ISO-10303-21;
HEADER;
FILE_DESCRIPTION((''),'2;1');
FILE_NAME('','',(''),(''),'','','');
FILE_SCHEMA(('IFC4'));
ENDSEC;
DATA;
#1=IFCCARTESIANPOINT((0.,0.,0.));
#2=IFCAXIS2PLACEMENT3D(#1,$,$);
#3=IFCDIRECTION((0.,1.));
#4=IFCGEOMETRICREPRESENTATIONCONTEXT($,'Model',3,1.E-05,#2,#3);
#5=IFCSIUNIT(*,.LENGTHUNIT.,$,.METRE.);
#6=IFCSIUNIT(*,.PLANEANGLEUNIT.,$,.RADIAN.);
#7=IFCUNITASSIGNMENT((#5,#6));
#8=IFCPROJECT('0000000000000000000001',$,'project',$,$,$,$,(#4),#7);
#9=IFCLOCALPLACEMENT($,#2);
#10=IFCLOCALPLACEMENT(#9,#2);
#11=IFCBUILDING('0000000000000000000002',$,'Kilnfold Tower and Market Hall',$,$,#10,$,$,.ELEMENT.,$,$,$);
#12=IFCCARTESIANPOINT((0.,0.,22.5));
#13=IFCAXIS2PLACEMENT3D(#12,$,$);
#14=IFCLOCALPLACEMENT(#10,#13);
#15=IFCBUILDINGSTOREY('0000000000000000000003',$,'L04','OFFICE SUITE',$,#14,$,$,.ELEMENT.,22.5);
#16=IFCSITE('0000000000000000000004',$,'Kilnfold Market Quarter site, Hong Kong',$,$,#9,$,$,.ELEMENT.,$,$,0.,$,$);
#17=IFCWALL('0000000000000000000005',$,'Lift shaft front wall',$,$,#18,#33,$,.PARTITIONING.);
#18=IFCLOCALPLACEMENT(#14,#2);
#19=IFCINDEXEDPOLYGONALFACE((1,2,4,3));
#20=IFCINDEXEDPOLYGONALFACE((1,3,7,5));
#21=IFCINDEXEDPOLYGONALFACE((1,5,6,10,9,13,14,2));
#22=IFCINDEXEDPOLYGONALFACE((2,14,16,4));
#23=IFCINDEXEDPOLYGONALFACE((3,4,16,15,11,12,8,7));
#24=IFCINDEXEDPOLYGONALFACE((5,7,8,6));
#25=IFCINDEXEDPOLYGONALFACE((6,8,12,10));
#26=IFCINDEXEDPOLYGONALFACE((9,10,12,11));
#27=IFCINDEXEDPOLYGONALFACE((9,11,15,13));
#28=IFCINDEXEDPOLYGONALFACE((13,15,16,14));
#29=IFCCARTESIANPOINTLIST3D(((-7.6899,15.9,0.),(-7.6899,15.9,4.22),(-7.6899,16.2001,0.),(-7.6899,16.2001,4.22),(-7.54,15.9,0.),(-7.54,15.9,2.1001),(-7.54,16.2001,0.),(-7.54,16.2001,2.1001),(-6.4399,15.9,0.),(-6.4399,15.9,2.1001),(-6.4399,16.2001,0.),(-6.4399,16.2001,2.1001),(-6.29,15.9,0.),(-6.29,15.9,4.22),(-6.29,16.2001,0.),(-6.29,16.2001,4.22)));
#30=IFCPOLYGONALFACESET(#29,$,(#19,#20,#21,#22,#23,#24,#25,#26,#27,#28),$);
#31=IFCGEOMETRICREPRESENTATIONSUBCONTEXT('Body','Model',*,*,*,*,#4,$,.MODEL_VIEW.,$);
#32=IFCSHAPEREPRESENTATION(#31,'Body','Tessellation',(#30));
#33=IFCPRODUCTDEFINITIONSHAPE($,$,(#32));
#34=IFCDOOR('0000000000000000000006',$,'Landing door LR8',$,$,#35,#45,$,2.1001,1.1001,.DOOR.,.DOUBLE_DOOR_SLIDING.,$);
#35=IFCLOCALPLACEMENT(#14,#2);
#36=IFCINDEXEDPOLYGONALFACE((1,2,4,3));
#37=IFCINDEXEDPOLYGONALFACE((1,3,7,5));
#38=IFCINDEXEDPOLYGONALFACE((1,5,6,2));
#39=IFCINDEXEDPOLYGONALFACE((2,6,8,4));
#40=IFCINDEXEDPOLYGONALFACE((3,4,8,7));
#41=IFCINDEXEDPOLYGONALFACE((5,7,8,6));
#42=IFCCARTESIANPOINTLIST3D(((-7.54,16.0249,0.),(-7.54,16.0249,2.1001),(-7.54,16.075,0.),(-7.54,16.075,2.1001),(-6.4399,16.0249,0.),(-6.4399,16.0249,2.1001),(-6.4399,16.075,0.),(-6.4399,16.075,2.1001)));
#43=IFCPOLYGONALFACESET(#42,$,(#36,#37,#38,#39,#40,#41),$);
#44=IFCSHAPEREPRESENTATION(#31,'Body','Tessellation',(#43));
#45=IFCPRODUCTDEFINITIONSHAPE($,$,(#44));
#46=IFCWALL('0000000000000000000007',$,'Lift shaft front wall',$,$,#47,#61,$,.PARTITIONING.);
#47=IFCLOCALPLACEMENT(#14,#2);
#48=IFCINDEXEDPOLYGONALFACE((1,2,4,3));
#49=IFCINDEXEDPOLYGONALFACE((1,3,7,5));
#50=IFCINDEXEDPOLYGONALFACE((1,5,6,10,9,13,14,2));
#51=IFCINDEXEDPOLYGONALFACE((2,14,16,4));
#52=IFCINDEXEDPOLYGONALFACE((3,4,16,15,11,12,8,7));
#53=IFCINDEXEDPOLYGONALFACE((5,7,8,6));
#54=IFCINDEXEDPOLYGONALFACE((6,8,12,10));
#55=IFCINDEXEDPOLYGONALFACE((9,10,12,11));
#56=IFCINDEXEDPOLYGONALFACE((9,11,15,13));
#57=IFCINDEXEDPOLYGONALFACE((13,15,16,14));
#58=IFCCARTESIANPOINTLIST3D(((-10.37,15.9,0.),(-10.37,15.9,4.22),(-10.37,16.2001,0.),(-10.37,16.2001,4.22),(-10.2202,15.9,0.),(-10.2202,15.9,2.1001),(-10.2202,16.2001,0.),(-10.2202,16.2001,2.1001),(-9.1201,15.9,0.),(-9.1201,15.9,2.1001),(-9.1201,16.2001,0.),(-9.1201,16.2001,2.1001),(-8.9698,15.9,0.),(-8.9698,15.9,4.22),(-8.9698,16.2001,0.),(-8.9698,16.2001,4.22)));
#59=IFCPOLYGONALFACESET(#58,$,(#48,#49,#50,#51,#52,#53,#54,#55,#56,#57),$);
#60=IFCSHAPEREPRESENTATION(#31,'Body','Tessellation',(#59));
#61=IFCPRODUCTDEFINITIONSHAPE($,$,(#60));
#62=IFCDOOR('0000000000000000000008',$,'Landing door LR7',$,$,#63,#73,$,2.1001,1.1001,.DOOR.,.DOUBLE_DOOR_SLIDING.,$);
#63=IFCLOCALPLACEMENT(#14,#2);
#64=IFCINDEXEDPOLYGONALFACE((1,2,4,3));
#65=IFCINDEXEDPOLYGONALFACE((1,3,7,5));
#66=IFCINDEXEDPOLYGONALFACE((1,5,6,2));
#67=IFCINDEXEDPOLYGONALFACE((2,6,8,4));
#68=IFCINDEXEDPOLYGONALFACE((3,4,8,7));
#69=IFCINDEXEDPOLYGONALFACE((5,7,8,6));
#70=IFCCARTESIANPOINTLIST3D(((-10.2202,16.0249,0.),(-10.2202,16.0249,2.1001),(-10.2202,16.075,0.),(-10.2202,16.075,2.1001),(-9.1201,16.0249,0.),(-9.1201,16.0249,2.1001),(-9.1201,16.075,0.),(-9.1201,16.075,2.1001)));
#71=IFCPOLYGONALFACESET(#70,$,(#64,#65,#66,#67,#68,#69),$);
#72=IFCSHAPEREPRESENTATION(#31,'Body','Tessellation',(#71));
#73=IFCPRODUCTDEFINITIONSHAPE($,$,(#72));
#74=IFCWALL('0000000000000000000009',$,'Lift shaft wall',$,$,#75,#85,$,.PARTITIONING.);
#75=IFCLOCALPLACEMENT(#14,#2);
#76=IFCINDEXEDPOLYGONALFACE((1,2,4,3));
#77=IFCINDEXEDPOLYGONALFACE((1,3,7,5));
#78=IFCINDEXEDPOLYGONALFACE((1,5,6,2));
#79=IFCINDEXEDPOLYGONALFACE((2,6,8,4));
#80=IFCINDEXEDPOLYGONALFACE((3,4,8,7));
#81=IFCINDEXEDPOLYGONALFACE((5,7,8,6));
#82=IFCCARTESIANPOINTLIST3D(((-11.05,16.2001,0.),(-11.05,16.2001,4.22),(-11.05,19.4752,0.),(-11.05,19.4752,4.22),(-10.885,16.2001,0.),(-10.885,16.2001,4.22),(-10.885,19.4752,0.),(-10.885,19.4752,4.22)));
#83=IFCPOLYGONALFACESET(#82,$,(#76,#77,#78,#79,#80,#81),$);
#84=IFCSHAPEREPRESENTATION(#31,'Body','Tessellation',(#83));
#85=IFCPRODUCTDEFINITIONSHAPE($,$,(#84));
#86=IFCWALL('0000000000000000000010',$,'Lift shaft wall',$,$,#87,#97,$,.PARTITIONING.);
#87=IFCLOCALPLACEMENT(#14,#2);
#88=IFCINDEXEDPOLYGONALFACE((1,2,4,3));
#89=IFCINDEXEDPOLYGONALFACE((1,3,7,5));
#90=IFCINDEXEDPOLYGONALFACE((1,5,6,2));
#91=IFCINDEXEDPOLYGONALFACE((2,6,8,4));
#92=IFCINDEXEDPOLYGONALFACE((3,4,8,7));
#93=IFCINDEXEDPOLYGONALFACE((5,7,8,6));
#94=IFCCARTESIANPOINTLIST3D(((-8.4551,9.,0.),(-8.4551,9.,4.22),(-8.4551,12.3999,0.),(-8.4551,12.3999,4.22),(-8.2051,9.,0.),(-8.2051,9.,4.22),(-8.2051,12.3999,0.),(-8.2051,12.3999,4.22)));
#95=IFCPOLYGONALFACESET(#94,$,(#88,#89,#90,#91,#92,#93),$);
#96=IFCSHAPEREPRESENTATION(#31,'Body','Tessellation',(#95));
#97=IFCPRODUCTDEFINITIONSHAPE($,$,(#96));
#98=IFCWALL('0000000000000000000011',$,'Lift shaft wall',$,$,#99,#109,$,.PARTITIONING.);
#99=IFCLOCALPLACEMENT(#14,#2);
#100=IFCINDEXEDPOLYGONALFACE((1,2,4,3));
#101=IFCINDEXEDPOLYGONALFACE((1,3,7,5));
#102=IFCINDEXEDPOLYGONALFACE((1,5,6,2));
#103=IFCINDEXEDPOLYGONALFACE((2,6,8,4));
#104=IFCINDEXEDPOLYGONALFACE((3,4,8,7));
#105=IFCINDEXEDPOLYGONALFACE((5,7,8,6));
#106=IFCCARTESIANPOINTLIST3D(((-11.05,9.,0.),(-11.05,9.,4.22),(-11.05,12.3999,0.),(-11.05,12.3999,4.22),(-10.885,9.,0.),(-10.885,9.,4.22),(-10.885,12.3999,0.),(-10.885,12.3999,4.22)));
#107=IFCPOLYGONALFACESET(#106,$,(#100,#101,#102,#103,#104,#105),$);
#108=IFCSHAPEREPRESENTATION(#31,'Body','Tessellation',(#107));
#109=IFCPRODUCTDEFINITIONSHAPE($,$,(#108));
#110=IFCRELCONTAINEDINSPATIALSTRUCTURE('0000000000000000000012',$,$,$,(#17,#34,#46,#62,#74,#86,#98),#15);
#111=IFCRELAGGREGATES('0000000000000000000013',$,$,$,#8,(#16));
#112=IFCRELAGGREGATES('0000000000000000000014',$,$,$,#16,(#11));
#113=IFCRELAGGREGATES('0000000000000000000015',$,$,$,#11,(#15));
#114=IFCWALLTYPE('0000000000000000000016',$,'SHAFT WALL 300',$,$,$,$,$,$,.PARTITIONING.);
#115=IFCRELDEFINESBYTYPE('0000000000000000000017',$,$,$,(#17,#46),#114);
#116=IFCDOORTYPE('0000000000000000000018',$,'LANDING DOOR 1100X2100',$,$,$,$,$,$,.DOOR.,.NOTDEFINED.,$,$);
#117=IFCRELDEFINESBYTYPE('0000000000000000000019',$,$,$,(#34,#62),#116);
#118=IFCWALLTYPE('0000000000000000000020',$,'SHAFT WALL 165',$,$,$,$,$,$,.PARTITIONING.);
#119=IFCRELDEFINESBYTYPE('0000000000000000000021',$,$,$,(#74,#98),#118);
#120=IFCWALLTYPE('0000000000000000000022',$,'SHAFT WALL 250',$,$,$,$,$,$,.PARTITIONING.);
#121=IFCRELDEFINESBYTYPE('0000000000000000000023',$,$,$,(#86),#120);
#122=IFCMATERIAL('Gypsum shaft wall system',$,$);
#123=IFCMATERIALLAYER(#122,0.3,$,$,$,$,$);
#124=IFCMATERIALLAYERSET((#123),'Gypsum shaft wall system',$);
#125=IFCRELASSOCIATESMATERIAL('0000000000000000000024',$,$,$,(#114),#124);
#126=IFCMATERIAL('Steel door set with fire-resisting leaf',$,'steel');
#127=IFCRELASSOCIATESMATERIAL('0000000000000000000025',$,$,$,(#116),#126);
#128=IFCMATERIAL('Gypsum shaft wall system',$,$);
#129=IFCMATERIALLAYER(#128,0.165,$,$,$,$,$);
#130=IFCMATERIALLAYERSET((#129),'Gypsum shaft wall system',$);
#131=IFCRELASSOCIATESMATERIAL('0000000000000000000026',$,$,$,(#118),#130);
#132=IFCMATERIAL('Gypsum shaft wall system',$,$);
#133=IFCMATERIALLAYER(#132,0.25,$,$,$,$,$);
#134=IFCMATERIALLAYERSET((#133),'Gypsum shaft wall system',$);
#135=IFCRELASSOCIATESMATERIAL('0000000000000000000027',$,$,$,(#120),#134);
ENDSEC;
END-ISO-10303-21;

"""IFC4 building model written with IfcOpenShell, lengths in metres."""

from ifc_helpers import new_model, si_unit, direction, frame, frame_2d, origin, place, context, subcontext, project, spatial, rectangle, extrude, source, transform, mapped, material, layer, layer_set, type_object, element, fill, save


model = new_model("IFC4")

# Units and contexts
model_context = context("Model", 3, precision=1e-05, world=origin(), true_north=direction((0.0, 1.0)))
body_context = subcontext(model_context, "Body", "Model", "MODEL_VIEW")
ifc_project = project(units=[si_unit("LENGTHUNIT", "METRE"), si_unit("PLANEANGLEUNIT", "RADIAN")], contexts=[model_context])

# Site, building, storey
site_placement = place(None, origin())
site = spatial("IfcSite", under=ifc_project, at=site_placement, Name="Kilnfold Market Quarter site, Hong Kong", CompositionType="ELEMENT", RefElevation=0.0)
building_placement = place(site_placement, origin())
building = spatial("IfcBuilding", under=site, at=building_placement, Name="Kilnfold Tower and Market Hall", CompositionType="ELEMENT")
storey_placement = place(building_placement, frame((0.0, 0.0, 22.5)))
storey = spatial("IfcBuildingStorey", under=building, at=storey_placement, Name="L04", Description="OFFICE SUITE", CompositionType="ELEMENT", Elevation=22.5)

# Walls, openings, doors
ifc_material_1 = material(Name="Gypsum shaft wall system")
ifc_layer_1 = layer(ifc_material_1, 0.3)
ifc_layer_set_1 = layer_set([ifc_layer_1], Name="Gypsum shaft wall system")
wall_type_1 = type_object("IfcWallType", Name="SHAFT WALL 300", PredefinedType="PARTITIONING", material=ifc_layer_set_1)
shared_shape_1 = source(origin(), body_context, "Body", "SweptSolid", [
    extrude(rectangle(XDim=1.3999, YDim=0.3, at=frame_2d((0.7, 0.0))), origin(), (0.0, 0.0, 1.0), 4.22),
])
wall_1_placement = place(storey_placement, frame((-7.6899, 16.05, 0.0), z_axis=(0.0, 0.0, 1.0), x_axis=(1.0, 0.0, 0.0)))
wall_1 = element("IfcWall", 1, at=wall_1_placement, inside=storey, type_object=wall_type_1, Name="Lift shaft front wall", PredefinedType="PARTITIONING", context=body_context, shape_type="MappedRepresentation", body=[
    mapped(shared_shape_1, transform((0.0, 0.0, 0.0))),
])
opening_1_placement = place(wall_1_placement, frame((0.1499, 0.0, 0.0)))
opening_1 = element("IfcOpeningElement", 2, at=opening_1_placement, cuts=wall_1, PredefinedType="OPENING", context=body_context, shape_type="SweptSolid", body=[
    extrude(rectangle(XDim=1.1001, YDim=2.1001, at=frame_2d((0.55, 1.05))), frame((0.0, 0.1602, 0.0), z_axis=(0.0, -1.0, 0.0), x_axis=(1.0, 0.0, 0.0)), (0.0, 0.0, 1.0), 0.3201),
])
ifc_material_2 = material(Name="Steel door set with fire-resisting leaf", Category="steel")
door_type_1 = type_object("IfcDoorType", Name="LANDING DOOR 1100X2100", OperationType="NOTDEFINED", PredefinedType="DOOR", material=ifc_material_2)
door_1_placement = place(opening_1_placement, origin())
door_1 = element("IfcDoor", 3, at=door_1_placement, inside=storey, type_object=door_type_1, Name="Landing door LR8", OperationType="DOUBLE_DOOR_SLIDING", OverallHeight=2.1001, OverallWidth=1.1001, PredefinedType="DOOR", context=body_context, shape_type="SweptSolid", body=[
    extrude(rectangle(XDim=1.1001, YDim=2.1001, at=frame_2d((0.55, 1.05))), frame((0.0, 0.0249, 0.0), z_axis=(0.0, -1.0, 0.0), x_axis=(1.0, 0.0, 0.0)), (0.0, 0.0, 1.0), 0.05),
])
fill(opening_1, door_1)
shared_shape_2 = source(origin(), body_context, "Body", "SweptSolid", [
    extrude(rectangle(XDim=1.4001, YDim=0.3, at=frame_2d((0.7002, 0.0))), origin(), (0.0, 0.0, 1.0), 4.22),
])
wall_2_placement = place(storey_placement, frame((-10.3701, 16.05, 0.0), z_axis=(0.0, 0.0, 1.0), x_axis=(1.0, 0.0, 0.0)))
wall_2 = element("IfcWall", 4, at=wall_2_placement, inside=storey, type_object=wall_type_1, Name="Lift shaft front wall", PredefinedType="PARTITIONING", context=body_context, shape_type="MappedRepresentation", body=[
    mapped(shared_shape_2, transform((0.0, 0.0, 0.0))),
])
opening_2_placement = place(wall_2_placement, frame((0.1499, 0.0, 0.0)))
opening_2 = element("IfcOpeningElement", 5, at=opening_2_placement, cuts=wall_2, PredefinedType="OPENING", context=body_context, shape_type="SweptSolid", body=[
    extrude(rectangle(XDim=1.1001, YDim=2.1001, at=frame_2d((0.55, 1.05))), frame((0.0, 0.1602, 0.0), z_axis=(0.0, -1.0, 0.0), x_axis=(1.0, 0.0, 0.0)), (0.0, 0.0, 1.0), 0.3201),
])
door_2_placement = place(opening_2_placement, origin())
door_2 = element("IfcDoor", 6, at=door_2_placement, inside=storey, type_object=door_type_1, Name="Landing door LR7", OperationType="DOUBLE_DOOR_SLIDING", OverallHeight=2.1001, OverallWidth=1.1001, PredefinedType="DOOR", context=body_context, shape_type="SweptSolid", body=[
    extrude(rectangle(XDim=1.1001, YDim=2.1001, at=frame_2d((0.55, 1.05))), frame((0.0, 0.0249, 0.0), z_axis=(0.0, -1.0, 0.0), x_axis=(1.0, 0.0, 0.0)), (0.0, 0.0, 1.0), 0.05),
])
fill(opening_2, door_2)

# Walls
ifc_material_3 = material(Name="Gypsum shaft wall system")
ifc_layer_2 = layer(ifc_material_3, 0.165)
ifc_layer_set_2 = layer_set([ifc_layer_2], Name="Gypsum shaft wall system")
wall_type_2 = type_object("IfcWallType", Name="SHAFT WALL 165", PredefinedType="PARTITIONING", material=ifc_layer_set_2)
shared_shape_3 = source(origin(), body_context, "Body", "SweptSolid", [
    extrude(rectangle(XDim=3.2751, YDim=0.165, at=frame_2d((1.6377, 0.0))), origin(), (0.0, 0.0, 1.0), 4.22),
])
wall_3_placement = place(storey_placement, frame((-10.9675, 16.2, 0.0), z_axis=(0.0, 0.0, 1.0), x_axis=(0.0, 1.0, 0.0)))
element("IfcWall", 7, at=wall_3_placement, inside=storey, type_object=wall_type_2, Name="Lift shaft wall", PredefinedType="PARTITIONING", context=body_context, shape_type="MappedRepresentation", body=[
    mapped(shared_shape_3, transform((0.0, 0.0, 0.0))),
])
ifc_material_4 = material(Name="Gypsum shaft wall system")
ifc_layer_3 = layer(ifc_material_4, 0.25)
ifc_layer_set_3 = layer_set([ifc_layer_3], Name="Gypsum shaft wall system")
wall_type_3 = type_object("IfcWallType", Name="SHAFT WALL 250", PredefinedType="PARTITIONING", material=ifc_layer_set_3)
shared_shape_4 = source(origin(), body_context, "Body", "SweptSolid", [
    extrude(rectangle(XDim=3.3999, YDim=0.25, at=frame_2d((1.7, 0.0))), origin(), (0.0, 0.0, 1.0), 4.22),
])
wall_4_placement = place(storey_placement, frame((-8.3301, 9.0, 0.0), z_axis=(0.0, 0.0, 1.0), x_axis=(0.0, 1.0, 0.0)))
element("IfcWall", 8, at=wall_4_placement, inside=storey, type_object=wall_type_3, Name="Lift shaft wall", PredefinedType="PARTITIONING", context=body_context, shape_type="MappedRepresentation", body=[
    mapped(shared_shape_4, transform((0.0, 0.0, 0.0))),
])
shared_shape_5 = source(origin(), body_context, "Body", "SweptSolid", [
    extrude(rectangle(XDim=3.3999, YDim=0.165, at=frame_2d((1.7, 0.0))), origin(), (0.0, 0.0, 1.0), 4.22),
])
wall_5_placement = place(storey_placement, frame((-10.9675, 9.0, 0.0), z_axis=(0.0, 0.0, 1.0), x_axis=(0.0, 1.0, 0.0)))
element("IfcWall", 9, at=wall_5_placement, inside=storey, type_object=wall_type_2, Name="Lift shaft wall", PredefinedType="PARTITIONING", context=body_context, shape_type="MappedRepresentation", body=[
    mapped(shared_shape_5, transform((0.0, 0.0, 0.0))),
])

save(model, "model.ifc")
